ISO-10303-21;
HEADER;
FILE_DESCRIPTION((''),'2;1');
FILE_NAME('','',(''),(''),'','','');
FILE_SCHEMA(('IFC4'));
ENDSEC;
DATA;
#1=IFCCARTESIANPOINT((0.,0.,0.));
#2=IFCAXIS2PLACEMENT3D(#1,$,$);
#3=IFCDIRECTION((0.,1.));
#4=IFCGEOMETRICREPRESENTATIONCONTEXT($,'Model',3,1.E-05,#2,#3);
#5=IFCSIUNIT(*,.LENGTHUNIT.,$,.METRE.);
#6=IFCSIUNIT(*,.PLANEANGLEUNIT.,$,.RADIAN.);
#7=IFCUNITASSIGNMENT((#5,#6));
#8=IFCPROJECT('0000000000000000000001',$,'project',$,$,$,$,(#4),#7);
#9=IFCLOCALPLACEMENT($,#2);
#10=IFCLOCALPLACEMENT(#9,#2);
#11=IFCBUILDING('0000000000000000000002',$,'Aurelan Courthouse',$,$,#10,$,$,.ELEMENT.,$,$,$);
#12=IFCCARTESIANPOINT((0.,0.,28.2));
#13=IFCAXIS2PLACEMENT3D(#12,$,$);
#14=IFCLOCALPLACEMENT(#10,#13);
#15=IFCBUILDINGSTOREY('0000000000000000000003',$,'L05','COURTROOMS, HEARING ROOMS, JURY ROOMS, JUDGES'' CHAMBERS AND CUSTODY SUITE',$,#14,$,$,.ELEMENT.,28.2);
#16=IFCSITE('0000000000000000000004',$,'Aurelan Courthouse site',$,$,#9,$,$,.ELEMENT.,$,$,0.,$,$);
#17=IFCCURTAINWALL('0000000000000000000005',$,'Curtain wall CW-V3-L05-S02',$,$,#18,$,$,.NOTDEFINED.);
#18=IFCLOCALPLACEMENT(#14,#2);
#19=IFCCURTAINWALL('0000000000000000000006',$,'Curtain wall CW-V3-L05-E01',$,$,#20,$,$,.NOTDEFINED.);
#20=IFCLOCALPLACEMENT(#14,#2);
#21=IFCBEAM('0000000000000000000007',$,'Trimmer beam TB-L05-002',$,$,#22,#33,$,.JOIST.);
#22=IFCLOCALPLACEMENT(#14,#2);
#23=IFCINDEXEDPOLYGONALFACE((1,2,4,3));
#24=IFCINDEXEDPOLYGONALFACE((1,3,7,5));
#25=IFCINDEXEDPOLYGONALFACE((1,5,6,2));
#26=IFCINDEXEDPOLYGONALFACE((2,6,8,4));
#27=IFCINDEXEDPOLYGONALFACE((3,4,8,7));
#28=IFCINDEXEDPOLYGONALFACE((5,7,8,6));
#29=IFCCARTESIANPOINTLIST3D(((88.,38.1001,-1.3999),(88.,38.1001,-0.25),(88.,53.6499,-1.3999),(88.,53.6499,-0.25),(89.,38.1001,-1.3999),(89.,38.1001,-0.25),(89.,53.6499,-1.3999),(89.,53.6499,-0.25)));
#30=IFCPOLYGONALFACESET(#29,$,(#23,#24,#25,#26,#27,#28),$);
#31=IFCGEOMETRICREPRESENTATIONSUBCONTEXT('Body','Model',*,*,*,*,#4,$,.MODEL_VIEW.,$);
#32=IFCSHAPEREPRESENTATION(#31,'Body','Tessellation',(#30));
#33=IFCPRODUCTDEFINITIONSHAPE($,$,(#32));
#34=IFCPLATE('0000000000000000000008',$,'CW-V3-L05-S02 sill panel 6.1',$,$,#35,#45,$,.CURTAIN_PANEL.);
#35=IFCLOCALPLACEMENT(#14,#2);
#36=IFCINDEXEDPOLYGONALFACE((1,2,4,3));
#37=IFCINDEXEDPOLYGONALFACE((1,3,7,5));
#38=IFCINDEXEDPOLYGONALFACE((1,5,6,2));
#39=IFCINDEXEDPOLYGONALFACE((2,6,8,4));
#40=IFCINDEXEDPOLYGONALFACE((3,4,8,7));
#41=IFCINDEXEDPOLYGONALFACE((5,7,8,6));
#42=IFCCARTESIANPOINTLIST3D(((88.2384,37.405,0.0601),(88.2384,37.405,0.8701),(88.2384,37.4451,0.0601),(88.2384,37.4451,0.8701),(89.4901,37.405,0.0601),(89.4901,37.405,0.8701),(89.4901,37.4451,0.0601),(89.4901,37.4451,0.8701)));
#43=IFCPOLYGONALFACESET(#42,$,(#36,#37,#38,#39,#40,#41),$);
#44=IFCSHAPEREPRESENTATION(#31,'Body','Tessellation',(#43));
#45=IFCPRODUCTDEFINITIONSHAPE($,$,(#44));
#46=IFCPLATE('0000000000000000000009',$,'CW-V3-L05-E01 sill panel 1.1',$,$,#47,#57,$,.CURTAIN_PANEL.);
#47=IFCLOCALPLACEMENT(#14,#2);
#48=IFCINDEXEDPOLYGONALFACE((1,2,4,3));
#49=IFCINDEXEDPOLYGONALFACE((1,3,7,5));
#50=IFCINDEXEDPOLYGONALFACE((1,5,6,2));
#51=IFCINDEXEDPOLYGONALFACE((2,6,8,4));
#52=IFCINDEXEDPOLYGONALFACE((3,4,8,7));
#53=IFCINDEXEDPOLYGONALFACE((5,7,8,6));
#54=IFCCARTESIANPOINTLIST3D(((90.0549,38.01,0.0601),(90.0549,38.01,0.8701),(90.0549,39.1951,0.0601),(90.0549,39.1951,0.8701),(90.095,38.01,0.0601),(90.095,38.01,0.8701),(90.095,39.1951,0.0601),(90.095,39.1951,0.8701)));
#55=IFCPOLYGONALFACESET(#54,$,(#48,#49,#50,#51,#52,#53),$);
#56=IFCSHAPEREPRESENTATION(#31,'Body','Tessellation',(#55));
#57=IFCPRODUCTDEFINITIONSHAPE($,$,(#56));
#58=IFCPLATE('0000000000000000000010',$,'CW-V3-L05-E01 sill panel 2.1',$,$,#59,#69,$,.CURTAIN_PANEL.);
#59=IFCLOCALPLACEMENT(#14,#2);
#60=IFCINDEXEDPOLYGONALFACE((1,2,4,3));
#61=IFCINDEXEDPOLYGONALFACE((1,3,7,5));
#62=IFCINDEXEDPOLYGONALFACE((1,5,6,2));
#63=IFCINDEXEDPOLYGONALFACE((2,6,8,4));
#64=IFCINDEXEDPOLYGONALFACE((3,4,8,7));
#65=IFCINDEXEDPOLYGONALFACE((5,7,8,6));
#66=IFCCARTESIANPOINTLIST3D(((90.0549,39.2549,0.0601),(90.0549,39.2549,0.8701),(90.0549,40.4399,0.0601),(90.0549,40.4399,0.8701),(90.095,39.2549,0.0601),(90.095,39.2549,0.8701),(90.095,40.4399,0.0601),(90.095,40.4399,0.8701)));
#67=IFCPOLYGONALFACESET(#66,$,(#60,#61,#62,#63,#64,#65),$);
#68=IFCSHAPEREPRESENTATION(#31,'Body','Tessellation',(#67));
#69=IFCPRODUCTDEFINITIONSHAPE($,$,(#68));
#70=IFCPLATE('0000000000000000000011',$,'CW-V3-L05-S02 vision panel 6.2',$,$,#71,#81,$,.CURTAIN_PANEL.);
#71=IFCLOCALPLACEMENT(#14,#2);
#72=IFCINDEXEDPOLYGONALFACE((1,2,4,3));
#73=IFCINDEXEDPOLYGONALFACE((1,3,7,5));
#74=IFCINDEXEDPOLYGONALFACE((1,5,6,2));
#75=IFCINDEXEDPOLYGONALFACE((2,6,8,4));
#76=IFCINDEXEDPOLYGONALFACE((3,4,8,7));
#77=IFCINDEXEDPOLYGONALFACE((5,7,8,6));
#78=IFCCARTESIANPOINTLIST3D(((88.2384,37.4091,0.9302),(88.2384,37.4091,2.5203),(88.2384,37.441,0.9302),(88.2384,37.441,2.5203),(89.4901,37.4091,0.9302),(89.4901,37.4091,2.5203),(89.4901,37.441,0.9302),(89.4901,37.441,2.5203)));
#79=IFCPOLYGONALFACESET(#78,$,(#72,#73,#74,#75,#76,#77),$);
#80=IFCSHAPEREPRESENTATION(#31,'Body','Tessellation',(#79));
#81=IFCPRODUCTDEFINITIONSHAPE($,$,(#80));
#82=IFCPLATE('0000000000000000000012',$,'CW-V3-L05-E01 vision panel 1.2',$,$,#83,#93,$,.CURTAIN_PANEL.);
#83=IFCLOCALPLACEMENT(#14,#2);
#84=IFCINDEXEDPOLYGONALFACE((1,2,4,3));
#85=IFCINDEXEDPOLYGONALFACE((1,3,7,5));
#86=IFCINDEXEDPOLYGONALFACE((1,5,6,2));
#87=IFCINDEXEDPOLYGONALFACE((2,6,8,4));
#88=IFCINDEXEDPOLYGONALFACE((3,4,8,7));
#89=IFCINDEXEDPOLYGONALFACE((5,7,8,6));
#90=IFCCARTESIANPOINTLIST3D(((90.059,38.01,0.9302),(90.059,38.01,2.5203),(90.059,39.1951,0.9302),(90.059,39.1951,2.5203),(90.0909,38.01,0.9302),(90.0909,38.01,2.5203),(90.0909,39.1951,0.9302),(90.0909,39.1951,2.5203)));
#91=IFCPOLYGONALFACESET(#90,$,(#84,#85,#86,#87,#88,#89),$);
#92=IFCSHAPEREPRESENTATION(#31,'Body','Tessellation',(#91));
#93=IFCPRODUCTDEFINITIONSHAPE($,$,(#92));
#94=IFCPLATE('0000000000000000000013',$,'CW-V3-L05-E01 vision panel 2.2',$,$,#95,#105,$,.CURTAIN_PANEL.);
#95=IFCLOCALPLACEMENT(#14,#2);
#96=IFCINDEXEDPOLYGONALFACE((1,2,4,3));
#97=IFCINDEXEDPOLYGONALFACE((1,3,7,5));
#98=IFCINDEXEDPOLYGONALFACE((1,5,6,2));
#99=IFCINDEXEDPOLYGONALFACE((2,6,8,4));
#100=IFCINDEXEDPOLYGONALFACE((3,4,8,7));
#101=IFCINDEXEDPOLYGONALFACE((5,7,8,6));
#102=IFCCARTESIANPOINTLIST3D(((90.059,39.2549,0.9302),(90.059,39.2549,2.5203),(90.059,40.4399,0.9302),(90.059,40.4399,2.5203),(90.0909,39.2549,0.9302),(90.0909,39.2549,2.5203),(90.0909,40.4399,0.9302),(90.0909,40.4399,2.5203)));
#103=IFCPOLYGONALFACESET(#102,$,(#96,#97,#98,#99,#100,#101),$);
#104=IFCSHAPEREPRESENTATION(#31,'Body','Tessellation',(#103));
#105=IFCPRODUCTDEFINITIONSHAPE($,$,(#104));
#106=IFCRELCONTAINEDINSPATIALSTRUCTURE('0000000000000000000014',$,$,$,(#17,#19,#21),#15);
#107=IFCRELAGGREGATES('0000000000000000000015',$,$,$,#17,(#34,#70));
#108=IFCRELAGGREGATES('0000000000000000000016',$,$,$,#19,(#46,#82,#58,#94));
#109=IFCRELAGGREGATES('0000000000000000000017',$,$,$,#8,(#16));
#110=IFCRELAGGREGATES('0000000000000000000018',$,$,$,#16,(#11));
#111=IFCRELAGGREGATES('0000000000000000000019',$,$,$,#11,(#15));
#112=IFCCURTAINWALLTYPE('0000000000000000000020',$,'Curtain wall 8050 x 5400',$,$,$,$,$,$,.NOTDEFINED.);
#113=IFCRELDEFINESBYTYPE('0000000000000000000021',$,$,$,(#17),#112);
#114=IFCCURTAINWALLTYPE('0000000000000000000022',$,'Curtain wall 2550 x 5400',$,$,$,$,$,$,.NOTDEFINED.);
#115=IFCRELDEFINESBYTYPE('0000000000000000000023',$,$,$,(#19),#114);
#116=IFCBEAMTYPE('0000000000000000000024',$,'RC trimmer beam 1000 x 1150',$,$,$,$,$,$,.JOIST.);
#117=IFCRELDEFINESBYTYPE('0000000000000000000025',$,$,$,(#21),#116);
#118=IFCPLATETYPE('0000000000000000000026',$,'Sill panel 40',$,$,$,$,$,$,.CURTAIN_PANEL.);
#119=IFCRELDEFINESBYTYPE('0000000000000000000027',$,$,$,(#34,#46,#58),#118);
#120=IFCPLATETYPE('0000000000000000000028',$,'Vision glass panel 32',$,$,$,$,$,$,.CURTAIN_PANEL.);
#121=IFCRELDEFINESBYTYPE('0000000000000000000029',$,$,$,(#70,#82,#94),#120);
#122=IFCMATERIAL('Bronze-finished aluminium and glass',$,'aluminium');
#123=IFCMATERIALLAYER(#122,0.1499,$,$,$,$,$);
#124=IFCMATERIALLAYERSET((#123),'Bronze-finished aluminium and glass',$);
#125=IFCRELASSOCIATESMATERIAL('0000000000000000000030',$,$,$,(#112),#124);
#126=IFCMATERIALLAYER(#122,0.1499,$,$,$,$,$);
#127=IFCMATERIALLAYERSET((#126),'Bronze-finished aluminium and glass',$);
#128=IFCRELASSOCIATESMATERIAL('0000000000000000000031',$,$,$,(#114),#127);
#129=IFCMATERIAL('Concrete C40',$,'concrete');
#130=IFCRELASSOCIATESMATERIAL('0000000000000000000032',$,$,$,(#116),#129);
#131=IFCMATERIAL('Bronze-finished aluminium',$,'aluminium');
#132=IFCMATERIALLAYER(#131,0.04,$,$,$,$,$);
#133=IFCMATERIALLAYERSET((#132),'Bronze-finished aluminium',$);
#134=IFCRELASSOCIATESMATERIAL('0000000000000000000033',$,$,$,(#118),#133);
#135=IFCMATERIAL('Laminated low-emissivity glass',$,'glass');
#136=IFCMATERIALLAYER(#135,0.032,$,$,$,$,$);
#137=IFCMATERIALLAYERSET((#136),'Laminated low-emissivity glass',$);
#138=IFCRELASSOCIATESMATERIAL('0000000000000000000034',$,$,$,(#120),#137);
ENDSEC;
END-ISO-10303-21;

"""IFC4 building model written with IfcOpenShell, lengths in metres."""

from ifc_helpers import new_model, si_unit, direction, frame, origin, origin_2d, place, context, subcontext, project, spatial, rectangle, extrude, material, layer, layer_set, material_profile, profile_set, type_object, element, aggregate, save


model = new_model("IFC4")

# Units and contexts
model_context = context("Model", 3, precision=1e-05, world=origin(), true_north=direction((0.0, 1.0)))
body_context = subcontext(model_context, "Body", "Model", "MODEL_VIEW")
ifc_project = project(units=[si_unit("LENGTHUNIT", "METRE"), si_unit("PLANEANGLEUNIT", "RADIAN")], contexts=[model_context])

# Site, building, storey
site_placement = place(None, origin())
site = spatial("IfcSite", under=ifc_project, at=site_placement, Name="Aurelan Courthouse site", CompositionType="ELEMENT", RefElevation=0.0)
building_placement = place(site_placement, origin())
building = spatial("IfcBuilding", under=site, at=building_placement, Name="Aurelan Courthouse", CompositionType="ELEMENT")
storey_placement = place(building_placement, frame((0.0, 0.0, 28.2)))
storey = spatial("IfcBuildingStorey", under=building, at=storey_placement, Name="L05", Description="COURTROOMS, HEARING ROOMS, JURY ROOMS, JUDGES' CHAMBERS AND CUSTODY SUITE", CompositionType="ELEMENT", Elevation=28.2)

# Curtain walls
ifc_material_1 = material(Name="Bronze-finished aluminium and glass", Category="aluminium")
ifc_layer_1 = layer(ifc_material_1, 0.1499)
ifc_layer_set_1 = layer_set([ifc_layer_1], Name="Bronze-finished aluminium and glass")
curtain_wall_type_1 = type_object("IfcCurtainWallType", Name="Curtain wall 8050 x 5400", PredefinedType="NOTDEFINED", material=ifc_layer_set_1)
curtain_wall_1_placement = place(storey_placement, origin())
curtain_wall_1 = element("IfcCurtainWall", 1, at=curtain_wall_1_placement, inside=storey, type_object=curtain_wall_type_1, Name="Curtain wall CW-V3-L05-S02", PredefinedType="NOTDEFINED")
ifc_material_2 = material(Name="Bronze-finished aluminium", Category="aluminium")
ifc_layer_2 = layer(ifc_material_1, 0.1499)
ifc_layer_set_2 = layer_set([ifc_layer_2], Name="Bronze-finished aluminium and glass")
curtain_wall_type_2 = type_object("IfcCurtainWallType", Name="Curtain wall 2550 x 5400", PredefinedType="NOTDEFINED", material=ifc_layer_set_2)
curtain_wall_2_placement = place(storey_placement, origin())
curtain_wall_2 = element("IfcCurtainWall", 2, at=curtain_wall_2_placement, inside=storey, type_object=curtain_wall_type_2, Name="Curtain wall CW-V3-L05-E01", PredefinedType="NOTDEFINED")

# Beam
ifc_material_3 = material(Name="Concrete C40", Category="concrete")
ifc_material_profile_1 = material_profile(ifc_material_3, rectangle(XDim=1.0, YDim=1.1499, at=origin_2d()), Name="RC 1000 x 1150")
ifc_profile_set_1 = profile_set([ifc_material_profile_1], Name="Concrete C40")
beam_type_1 = type_object("IfcBeamType", Name="RC trimmer beam 1000 x 1150", PredefinedType="JOIST", material=ifc_profile_set_1)
beam_1_placement = place(storey_placement, frame((88.5, 38.1001, -0.825), z_axis=(0.0, 1.0, 0.0), x_axis=(-1.0, 0.0, 0.0)))
element("IfcBeam", 3, at=beam_1_placement, inside=storey, type_object=beam_type_1, Name="Trimmer beam TB-L05-002", PredefinedType="JOIST", context=body_context, shape_type="SweptSolid", body=[
    extrude(rectangle(XDim=1.0, YDim=1.1499, at=origin_2d()), origin(), (0.0, 0.0, 1.0), 15.5498),
])

# Plates
ifc_layer_3 = layer(ifc_material_2, 0.04)
ifc_layer_set_3 = layer_set([ifc_layer_3], Name="Bronze-finished aluminium")
plate_type_1 = type_object("IfcPlateType", Name="Sill panel 40", PredefinedType="CURTAIN_PANEL", material=ifc_layer_set_3)
plate_1_placement = place(storey_placement, frame((88.8643, 37.425, 0.0601), z_axis=(0.0, 0.0, 1.0), x_axis=(1.0, 0.0, 0.0)))
plate_1 = element("IfcPlate", 4, at=plate_1_placement, type_object=plate_type_1, Name="CW-V3-L05-S02 sill panel 6.1", PredefinedType="CURTAIN_PANEL", context=body_context, shape_type="SweptSolid", body=[
    extrude(rectangle(XDim=1.2517, YDim=0.04, at=origin_2d()), origin(), (0.0, 0.0, 1.0), 0.8101),
])
plate_2_placement = place(storey_placement, frame((90.075, 38.6025, 0.0601), z_axis=(0.0, 0.0, 1.0), x_axis=(0.0, 1.0, 0.0)))
plate_2 = element("IfcPlate", 5, at=plate_2_placement, type_object=plate_type_1, Name="CW-V3-L05-E01 sill panel 1.1", PredefinedType="CURTAIN_PANEL", context=body_context, shape_type="SweptSolid", body=[
    extrude(rectangle(XDim=1.1851, YDim=0.04, at=origin_2d()), origin(), (0.0, 0.0, 1.0), 0.8101),
])
plate_3_placement = place(storey_placement, frame((90.075, 39.8474, 0.0601), z_axis=(0.0, 0.0, 1.0), x_axis=(0.0, 1.0, 0.0)))
plate_3 = element("IfcPlate", 6, at=plate_3_placement, type_object=plate_type_1, Name="CW-V3-L05-E01 sill panel 2.1", PredefinedType="CURTAIN_PANEL", context=body_context, shape_type="SweptSolid", body=[
    extrude(rectangle(XDim=1.1851, YDim=0.04, at=origin_2d()), origin(), (0.0, 0.0, 1.0), 0.8101),
])
ifc_material_4 = material(Name="Laminated low-emissivity glass", Category="glass")
ifc_layer_4 = layer(ifc_material_4, 0.032)
ifc_layer_set_4 = layer_set([ifc_layer_4], Name="Laminated low-emissivity glass")
plate_type_2 = type_object("IfcPlateType", Name="Vision glass panel 32", PredefinedType="CURTAIN_PANEL", material=ifc_layer_set_4)
plate_4_placement = place(storey_placement, frame((88.8643, 37.425, 0.9302), z_axis=(0.0, 0.0, 1.0), x_axis=(1.0, 0.0, 0.0)))
plate_4 = element("IfcPlate", 7, at=plate_4_placement, type_object=plate_type_2, Name="CW-V3-L05-S02 vision panel 6.2", PredefinedType="CURTAIN_PANEL", context=body_context, shape_type="SweptSolid", body=[
    extrude(rectangle(XDim=1.2517, YDim=0.032, at=origin_2d()), origin(), (0.0, 0.0, 1.0), 1.5901),
])
aggregate(curtain_wall_1, [plate_1, plate_4])
plate_5_placement = place(storey_placement, frame((90.075, 38.6025, 0.9302), z_axis=(0.0, 0.0, 1.0), x_axis=(0.0, 1.0, 0.0)))
plate_5 = element("IfcPlate", 8, at=plate_5_placement, type_object=plate_type_2, Name="CW-V3-L05-E01 vision panel 1.2", PredefinedType="CURTAIN_PANEL", context=body_context, shape_type="SweptSolid", body=[
    extrude(rectangle(XDim=1.1851, YDim=0.032, at=origin_2d()), origin(), (0.0, 0.0, 1.0), 1.5901),
])
plate_6_placement = place(storey_placement, frame((90.075, 39.8474, 0.9302), z_axis=(0.0, 0.0, 1.0), x_axis=(0.0, 1.0, 0.0)))
plate_6 = element("IfcPlate", 9, at=plate_6_placement, type_object=plate_type_2, Name="CW-V3-L05-E01 vision panel 2.2", PredefinedType="CURTAIN_PANEL", context=body_context, shape_type="SweptSolid", body=[
    extrude(rectangle(XDim=1.1851, YDim=0.032, at=origin_2d()), origin(), (0.0, 0.0, 1.0), 1.5901),
])
aggregate(curtain_wall_2, [plate_2, plate_5, plate_3, plate_6])

save(model, "model.ifc")
